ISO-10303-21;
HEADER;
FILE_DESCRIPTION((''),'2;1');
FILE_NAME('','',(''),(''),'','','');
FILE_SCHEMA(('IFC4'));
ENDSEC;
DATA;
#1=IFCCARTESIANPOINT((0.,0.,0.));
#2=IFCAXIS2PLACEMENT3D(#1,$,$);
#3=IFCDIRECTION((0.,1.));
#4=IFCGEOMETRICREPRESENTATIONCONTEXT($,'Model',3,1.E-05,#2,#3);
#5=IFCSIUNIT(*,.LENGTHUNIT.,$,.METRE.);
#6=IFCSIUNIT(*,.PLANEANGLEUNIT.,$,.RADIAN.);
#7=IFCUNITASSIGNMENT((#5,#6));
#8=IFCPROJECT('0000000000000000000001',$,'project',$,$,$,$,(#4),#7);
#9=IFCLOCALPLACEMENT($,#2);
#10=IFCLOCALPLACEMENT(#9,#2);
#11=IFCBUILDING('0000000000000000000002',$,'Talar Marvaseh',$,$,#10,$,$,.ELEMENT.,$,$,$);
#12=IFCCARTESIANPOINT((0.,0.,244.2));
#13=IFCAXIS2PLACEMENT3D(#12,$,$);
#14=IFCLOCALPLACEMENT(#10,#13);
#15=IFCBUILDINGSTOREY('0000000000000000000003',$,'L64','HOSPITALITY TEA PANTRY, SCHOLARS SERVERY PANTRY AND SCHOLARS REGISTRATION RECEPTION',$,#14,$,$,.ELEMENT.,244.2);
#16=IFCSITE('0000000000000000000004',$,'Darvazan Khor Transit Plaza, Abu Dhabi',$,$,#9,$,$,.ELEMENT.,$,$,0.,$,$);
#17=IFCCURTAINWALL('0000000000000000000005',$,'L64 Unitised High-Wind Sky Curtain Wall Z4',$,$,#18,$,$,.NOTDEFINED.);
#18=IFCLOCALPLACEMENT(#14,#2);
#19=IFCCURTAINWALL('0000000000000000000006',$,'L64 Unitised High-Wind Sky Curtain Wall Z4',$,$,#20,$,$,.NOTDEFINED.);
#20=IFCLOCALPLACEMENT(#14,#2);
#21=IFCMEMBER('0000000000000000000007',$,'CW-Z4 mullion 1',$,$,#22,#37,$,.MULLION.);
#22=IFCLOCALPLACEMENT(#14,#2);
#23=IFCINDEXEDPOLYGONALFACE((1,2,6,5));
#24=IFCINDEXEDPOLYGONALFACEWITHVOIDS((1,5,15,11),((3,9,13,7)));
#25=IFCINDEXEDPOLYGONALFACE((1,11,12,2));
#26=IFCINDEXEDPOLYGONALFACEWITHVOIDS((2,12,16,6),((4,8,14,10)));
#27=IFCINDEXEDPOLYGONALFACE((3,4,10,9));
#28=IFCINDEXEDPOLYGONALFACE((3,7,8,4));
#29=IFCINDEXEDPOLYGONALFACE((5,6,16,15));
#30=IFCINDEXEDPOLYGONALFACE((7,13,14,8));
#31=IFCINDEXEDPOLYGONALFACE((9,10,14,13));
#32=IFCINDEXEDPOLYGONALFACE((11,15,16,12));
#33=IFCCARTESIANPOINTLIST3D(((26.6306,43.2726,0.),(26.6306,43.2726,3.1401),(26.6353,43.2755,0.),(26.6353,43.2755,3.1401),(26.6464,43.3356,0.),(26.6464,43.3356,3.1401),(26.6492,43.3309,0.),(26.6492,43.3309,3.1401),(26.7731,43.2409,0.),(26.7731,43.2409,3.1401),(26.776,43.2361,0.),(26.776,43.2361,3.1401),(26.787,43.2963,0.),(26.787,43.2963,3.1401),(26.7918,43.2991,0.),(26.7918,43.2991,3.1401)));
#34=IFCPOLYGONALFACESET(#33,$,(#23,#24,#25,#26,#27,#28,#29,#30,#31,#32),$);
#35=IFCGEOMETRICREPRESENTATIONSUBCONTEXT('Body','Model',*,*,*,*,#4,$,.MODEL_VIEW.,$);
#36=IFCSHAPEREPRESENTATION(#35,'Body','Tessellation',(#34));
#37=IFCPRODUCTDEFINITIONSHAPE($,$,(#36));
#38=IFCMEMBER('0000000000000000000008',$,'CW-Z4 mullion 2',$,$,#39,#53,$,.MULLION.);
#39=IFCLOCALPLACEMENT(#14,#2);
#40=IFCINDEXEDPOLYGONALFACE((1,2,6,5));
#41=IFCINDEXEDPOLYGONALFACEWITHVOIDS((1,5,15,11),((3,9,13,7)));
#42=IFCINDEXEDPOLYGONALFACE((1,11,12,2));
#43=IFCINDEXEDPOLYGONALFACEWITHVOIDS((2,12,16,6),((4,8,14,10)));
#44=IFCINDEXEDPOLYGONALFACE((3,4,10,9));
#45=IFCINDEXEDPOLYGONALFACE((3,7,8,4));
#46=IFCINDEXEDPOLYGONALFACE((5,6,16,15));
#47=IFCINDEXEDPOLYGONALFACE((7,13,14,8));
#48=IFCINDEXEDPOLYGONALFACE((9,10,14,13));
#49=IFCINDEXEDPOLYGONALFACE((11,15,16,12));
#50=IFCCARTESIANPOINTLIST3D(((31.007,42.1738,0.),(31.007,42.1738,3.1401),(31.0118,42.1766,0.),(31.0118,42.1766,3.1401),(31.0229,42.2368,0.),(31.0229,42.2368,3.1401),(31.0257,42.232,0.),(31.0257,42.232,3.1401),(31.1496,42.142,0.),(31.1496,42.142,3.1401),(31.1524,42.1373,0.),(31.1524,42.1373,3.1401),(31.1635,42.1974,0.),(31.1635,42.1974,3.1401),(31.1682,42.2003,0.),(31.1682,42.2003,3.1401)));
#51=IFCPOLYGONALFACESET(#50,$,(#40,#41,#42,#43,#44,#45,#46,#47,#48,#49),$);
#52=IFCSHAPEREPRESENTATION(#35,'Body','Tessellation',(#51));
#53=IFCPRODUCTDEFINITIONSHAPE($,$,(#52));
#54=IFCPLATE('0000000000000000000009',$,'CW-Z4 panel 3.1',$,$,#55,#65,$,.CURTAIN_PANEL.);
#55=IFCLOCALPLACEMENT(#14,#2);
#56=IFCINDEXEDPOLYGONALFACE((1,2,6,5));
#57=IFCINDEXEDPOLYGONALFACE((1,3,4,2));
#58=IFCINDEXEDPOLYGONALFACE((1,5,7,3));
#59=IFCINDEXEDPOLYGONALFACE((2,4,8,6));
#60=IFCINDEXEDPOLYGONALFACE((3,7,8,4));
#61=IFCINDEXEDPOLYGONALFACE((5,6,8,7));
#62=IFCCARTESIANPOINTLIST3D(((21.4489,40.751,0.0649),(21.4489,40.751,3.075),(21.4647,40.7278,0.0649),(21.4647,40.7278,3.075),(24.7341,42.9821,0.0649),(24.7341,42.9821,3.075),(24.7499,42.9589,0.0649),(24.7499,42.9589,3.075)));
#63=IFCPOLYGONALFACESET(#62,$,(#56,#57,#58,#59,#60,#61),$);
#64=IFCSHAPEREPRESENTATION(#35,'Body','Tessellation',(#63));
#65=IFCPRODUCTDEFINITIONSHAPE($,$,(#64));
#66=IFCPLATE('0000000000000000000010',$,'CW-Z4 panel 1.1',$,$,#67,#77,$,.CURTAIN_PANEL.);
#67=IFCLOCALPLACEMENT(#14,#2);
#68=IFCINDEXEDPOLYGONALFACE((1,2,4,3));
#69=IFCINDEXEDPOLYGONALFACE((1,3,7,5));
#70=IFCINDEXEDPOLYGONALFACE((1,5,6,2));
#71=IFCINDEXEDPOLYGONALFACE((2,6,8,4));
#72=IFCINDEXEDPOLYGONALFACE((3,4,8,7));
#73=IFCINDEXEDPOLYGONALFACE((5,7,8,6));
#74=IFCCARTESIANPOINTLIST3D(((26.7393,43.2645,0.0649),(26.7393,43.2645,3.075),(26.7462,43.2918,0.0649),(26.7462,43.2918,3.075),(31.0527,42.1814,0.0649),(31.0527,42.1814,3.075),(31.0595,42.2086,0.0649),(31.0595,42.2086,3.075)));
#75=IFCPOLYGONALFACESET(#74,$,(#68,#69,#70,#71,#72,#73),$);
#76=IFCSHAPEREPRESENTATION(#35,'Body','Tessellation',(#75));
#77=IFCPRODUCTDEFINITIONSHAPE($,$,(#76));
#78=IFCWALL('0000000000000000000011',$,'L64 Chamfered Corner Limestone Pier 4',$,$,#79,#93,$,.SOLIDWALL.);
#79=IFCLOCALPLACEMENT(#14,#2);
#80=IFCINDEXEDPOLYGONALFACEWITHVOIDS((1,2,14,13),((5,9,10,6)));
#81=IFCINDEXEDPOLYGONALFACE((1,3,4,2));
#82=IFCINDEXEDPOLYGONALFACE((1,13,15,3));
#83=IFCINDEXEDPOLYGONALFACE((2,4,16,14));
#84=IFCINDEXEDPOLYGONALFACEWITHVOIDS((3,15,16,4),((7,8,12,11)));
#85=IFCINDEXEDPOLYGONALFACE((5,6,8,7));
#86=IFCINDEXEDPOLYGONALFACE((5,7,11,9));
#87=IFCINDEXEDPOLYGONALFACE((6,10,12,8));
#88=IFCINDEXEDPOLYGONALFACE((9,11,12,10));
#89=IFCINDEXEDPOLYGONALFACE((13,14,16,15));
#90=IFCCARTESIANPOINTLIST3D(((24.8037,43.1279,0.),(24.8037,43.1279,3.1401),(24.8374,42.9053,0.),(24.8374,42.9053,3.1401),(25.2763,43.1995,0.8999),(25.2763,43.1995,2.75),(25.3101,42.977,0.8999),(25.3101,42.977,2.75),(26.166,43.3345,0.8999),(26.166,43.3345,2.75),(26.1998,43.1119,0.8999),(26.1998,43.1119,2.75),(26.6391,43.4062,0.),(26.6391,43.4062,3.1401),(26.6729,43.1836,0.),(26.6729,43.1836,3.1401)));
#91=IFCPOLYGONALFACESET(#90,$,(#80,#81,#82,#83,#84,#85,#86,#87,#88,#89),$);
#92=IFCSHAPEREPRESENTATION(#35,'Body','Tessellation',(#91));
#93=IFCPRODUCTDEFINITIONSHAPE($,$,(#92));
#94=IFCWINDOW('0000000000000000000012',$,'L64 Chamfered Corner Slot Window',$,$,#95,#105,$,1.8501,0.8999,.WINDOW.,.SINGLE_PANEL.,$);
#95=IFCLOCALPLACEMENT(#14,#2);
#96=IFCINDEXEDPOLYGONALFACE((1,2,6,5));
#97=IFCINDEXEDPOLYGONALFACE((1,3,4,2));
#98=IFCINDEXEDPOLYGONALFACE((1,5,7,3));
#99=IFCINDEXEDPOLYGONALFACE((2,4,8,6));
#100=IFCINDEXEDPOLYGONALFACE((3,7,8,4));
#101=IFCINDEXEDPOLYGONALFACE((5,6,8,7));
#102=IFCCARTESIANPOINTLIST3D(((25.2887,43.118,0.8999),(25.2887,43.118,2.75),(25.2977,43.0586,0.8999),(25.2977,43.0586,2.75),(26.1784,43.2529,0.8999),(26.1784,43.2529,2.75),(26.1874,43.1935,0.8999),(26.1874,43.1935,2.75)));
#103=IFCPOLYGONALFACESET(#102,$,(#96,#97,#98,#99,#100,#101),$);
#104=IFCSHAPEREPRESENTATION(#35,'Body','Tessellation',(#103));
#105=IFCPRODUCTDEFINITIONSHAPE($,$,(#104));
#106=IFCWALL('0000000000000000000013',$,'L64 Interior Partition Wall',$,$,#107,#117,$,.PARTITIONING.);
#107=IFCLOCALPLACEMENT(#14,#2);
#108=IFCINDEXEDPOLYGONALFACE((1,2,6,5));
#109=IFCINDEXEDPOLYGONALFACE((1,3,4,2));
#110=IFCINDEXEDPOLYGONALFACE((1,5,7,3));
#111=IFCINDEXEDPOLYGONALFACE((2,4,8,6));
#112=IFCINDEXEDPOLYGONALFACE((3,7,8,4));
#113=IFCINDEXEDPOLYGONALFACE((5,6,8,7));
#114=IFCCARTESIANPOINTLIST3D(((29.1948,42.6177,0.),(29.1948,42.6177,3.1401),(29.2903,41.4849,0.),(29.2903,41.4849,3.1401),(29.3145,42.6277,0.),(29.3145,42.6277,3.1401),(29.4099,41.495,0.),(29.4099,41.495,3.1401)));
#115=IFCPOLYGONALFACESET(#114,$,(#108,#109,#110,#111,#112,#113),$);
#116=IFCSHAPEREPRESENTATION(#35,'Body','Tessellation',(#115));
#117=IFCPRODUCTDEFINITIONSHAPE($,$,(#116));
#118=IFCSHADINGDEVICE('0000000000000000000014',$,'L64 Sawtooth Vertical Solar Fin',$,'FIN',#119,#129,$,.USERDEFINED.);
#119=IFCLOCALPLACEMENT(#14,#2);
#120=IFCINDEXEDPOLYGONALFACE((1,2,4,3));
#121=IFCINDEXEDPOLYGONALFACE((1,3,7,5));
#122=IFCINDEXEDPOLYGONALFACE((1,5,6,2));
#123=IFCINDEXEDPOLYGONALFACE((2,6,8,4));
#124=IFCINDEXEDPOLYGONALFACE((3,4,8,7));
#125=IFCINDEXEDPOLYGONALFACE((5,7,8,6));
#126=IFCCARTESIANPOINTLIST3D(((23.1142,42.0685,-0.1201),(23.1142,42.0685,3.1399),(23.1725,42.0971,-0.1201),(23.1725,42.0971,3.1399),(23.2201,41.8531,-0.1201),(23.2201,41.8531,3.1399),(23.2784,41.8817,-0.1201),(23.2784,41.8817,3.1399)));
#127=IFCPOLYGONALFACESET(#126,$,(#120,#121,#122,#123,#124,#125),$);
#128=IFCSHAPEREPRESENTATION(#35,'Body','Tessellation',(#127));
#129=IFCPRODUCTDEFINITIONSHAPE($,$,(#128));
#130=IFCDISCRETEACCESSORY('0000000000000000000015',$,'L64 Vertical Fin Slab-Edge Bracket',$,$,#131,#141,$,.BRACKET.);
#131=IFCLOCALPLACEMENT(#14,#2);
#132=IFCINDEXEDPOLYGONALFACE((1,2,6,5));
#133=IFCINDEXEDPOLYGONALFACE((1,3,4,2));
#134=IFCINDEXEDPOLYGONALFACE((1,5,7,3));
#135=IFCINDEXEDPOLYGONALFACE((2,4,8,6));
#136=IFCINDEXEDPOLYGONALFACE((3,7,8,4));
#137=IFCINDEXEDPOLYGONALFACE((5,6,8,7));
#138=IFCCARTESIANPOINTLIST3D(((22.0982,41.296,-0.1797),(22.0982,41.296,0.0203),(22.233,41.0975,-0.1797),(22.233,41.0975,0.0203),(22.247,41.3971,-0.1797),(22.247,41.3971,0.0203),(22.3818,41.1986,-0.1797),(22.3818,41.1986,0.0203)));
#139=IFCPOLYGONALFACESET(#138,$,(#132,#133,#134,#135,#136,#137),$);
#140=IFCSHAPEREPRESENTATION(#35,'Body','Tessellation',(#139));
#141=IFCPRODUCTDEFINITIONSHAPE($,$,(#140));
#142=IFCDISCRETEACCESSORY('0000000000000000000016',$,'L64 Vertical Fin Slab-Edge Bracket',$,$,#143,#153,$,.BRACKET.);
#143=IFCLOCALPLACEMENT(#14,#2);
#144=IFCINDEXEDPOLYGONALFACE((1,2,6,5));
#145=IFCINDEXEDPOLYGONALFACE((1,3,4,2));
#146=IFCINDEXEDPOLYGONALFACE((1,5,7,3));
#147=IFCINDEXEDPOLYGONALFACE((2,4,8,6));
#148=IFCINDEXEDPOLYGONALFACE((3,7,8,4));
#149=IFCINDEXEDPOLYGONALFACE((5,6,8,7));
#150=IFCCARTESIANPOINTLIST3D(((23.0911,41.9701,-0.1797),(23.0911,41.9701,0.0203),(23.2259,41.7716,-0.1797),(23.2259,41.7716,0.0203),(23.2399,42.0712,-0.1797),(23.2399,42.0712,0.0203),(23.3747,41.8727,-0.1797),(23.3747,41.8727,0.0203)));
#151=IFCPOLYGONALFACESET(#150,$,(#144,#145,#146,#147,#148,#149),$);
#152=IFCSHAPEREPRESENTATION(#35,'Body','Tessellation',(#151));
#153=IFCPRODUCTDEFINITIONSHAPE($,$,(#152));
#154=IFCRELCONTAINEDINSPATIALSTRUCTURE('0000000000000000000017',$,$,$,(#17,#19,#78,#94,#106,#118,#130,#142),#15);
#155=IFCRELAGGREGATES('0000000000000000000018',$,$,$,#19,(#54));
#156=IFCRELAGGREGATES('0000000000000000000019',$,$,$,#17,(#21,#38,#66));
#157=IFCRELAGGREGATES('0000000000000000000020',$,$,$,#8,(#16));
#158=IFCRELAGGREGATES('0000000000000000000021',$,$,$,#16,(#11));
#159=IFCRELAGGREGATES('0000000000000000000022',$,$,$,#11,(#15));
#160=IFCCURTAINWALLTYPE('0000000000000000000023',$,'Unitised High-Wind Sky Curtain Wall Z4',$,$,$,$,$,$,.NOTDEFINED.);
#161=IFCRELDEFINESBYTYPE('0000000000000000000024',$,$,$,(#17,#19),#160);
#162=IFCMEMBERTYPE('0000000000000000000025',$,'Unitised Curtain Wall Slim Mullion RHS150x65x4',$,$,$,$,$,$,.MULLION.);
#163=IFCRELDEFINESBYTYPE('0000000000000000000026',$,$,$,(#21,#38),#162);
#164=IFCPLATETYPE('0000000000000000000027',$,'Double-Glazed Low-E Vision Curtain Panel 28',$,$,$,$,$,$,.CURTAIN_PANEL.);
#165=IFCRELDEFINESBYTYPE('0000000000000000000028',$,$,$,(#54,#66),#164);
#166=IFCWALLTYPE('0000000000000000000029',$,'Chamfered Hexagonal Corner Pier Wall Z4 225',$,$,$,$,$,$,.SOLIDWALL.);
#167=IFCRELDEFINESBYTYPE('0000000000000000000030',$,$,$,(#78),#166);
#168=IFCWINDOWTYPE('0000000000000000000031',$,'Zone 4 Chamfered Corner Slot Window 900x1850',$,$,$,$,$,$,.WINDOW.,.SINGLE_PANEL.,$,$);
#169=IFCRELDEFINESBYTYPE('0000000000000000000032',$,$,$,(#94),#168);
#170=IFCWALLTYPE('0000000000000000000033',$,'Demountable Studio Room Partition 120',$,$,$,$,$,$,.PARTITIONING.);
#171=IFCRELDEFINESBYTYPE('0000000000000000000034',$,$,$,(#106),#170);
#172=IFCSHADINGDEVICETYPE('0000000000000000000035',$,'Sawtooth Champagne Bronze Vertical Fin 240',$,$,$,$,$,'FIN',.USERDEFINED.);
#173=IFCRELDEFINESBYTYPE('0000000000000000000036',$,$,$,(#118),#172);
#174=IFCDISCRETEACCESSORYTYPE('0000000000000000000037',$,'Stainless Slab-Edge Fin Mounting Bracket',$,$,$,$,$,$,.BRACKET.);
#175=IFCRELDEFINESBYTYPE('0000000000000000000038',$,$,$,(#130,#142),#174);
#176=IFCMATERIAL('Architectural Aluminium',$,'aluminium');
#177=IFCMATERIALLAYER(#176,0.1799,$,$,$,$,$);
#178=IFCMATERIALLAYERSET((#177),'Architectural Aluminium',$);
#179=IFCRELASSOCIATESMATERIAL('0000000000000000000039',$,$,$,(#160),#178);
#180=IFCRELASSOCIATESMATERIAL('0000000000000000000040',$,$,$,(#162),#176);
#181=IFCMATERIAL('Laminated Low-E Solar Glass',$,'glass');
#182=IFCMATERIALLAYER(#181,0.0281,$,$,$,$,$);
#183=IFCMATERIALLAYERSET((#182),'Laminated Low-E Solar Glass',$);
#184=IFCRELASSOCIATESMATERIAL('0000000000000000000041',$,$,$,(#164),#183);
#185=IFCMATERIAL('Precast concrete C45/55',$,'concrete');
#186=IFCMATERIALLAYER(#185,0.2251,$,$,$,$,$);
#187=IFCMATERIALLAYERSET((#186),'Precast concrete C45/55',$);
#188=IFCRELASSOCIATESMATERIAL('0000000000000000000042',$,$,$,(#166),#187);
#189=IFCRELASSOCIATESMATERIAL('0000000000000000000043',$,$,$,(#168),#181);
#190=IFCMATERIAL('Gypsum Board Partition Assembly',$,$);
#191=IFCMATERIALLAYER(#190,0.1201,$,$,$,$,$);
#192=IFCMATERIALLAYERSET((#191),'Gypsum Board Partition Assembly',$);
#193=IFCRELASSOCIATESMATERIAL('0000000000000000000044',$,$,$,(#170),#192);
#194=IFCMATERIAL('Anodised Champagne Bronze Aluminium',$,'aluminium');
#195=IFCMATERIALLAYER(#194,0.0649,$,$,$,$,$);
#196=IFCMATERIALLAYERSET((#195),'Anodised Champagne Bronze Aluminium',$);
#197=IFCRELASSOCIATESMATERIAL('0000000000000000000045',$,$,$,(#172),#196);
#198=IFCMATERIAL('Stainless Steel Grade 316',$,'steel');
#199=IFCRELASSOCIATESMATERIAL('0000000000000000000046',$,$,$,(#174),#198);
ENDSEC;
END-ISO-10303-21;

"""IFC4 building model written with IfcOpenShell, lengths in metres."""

from ifc_helpers import new_model, si_unit, direction, frame, frame_2d, origin, origin_2d, place, context, subcontext, project, spatial, rectangle, hollow_rectangle, extrude, source, transform, mapped, material, layer, layer_set, material_profile, profile_set, type_object, type_shapes, element, fill, aggregate, save


model = new_model("IFC4")

# Units and contexts
model_context = context("Model", 3, precision=1e-05, world=origin(), true_north=direction((0.0, 1.0)))
body_context = subcontext(model_context, "Body", "Model", "MODEL_VIEW")
ifc_project = project(units=[si_unit("LENGTHUNIT", "METRE"), si_unit("PLANEANGLEUNIT", "RADIAN")], contexts=[model_context])

# Site, building, storey
site_placement = place(None, origin())
site = spatial("IfcSite", under=ifc_project, at=site_placement, Name="Darvazan Khor Transit Plaza, Abu Dhabi", CompositionType="ELEMENT", RefElevation=0.0)
building_placement = place(site_placement, origin())
building = spatial("IfcBuilding", under=site, at=building_placement, Name="Talar Marvaseh", CompositionType="ELEMENT")
storey_placement = place(building_placement, frame((0.0, 0.0, 244.2)))
storey = spatial("IfcBuildingStorey", under=building, at=storey_placement, Name="L64", Description="HOSPITALITY TEA PANTRY, SCHOLARS SERVERY PANTRY AND SCHOLARS REGISTRATION RECEPTION", CompositionType="ELEMENT", Elevation=244.2)

# Curtain wall
ifc_material_1 = material(Name="Architectural Aluminium", Category="aluminium")
ifc_layer_1 = layer(ifc_material_1, 0.1799)
ifc_layer_set_1 = layer_set([ifc_layer_1], Name="Architectural Aluminium")
curtain_wall_type = type_object("IfcCurtainWallType", Name="Unitised High-Wind Sky Curtain Wall Z4", PredefinedType="NOTDEFINED", material=ifc_layer_set_1)
curtain_wall_1_placement = place(storey_placement, origin())
curtain_wall_1 = element("IfcCurtainWall", 1, at=curtain_wall_1_placement, inside=storey, type_object=curtain_wall_type, Name="L64 Unitised High-Wind Sky Curtain Wall Z4", PredefinedType="NOTDEFINED")

# Curtain wall
curtain_wall_2_placement = place(storey_placement, origin())
curtain_wall_2 = element("IfcCurtainWall", 2, at=curtain_wall_2_placement, inside=storey, type_object=curtain_wall_type, Name="L64 Unitised High-Wind Sky Curtain Wall Z4", PredefinedType="NOTDEFINED")
ifc_material_profile_1 = material_profile(ifc_material_1, hollow_rectangle(XDim=0.0649, YDim=0.1499, WallThickness=0.0039, at=origin_2d()), Name="RHS150x65x4")
ifc_profile_set_1 = profile_set([ifc_material_profile_1], Name="Architectural Aluminium")
member_type_1 = type_object("IfcMemberType", Name="Unitised Curtain Wall Slim Mullion RHS150x65x4", PredefinedType="MULLION", material=ifc_profile_set_1)
shared_shape_1 = source(origin(), body_context, "Body", "SweptSolid", [
    extrude(hollow_rectangle(XDim=0.0649, YDim=0.1499, WallThickness=0.0039, at=origin_2d()), origin(), (0.0, 0.0, 1.0), 3.1401),
])
type_shapes(member_type_1, [shared_shape_1])

# Members
member_1_placement = place(storey_placement, frame((26.7112, 43.2859, 0.0), z_axis=(0.0, 0.0, 1.0), x_axis=(0.243548, 0.969889, 0.0)))
member_1 = element("IfcMember", 3, at=member_1_placement, type_object=member_type_1, Name="CW-Z4 mullion 1", PredefinedType="MULLION", context=body_context, shape_type="MappedRepresentation", body=[
    mapped(shared_shape_1, transform((0.0, 0.0, 0.0), x_axis=(1.0, 0.0, 0.0), y_axis=(0.0, 1.0, 0.0), z_axis=(0.0, 0.0, 1.0), scale=1.0)),
])
member_2_placement = place(storey_placement, frame((31.0876, 42.187, 0.0), z_axis=(0.0, 0.0, 1.0), x_axis=(0.243548, 0.969889, 0.0)))
member_2 = element("IfcMember", 4, at=member_2_placement, type_object=member_type_1, Name="CW-Z4 mullion 2", PredefinedType="MULLION", context=body_context, shape_type="MappedRepresentation", body=[
    mapped(shared_shape_1, transform((0.0, 0.0, 0.0), x_axis=(1.0, 0.0, 0.0), y_axis=(0.0, 1.0, 0.0), z_axis=(0.0, 0.0, 1.0), scale=1.0)),
])

# Plates
ifc_material_2 = material(Name="Laminated Low-E Solar Glass", Category="glass")
ifc_layer_2 = layer(ifc_material_2, 0.0281)
ifc_layer_set_2 = layer_set([ifc_layer_2], Name="Laminated Low-E Solar Glass")
plate_type = type_object("IfcPlateType", Name="Double-Glazed Low-E Vision Curtain Panel 28", PredefinedType="CURTAIN_PANEL", material=ifc_layer_set_2)
shared_shape_2 = source(origin(), body_context, "Body", "SweptSolid", [
    extrude(rectangle(XDim=3.9712, YDim=0.0281, at=origin_2d()), origin(), (0.0, 0.0, 1.0), 3.01),
])
plate_1_placement = place(storey_placement, frame((23.0994, 41.855, 0.0649), z_axis=(0.0, 0.0, 1.0), x_axis=(0.827258, 0.561823, 0.0)))
plate_1 = element("IfcPlate", 5, at=plate_1_placement, type_object=plate_type, Name="CW-Z4 panel 3.1", PredefinedType="CURTAIN_PANEL", context=body_context, shape_type="MappedRepresentation", body=[
    mapped(shared_shape_2, transform((0.0, 0.0, 0.0), x_axis=(1.0, 0.0, 0.0), y_axis=(0.0, 1.0, 0.0), z_axis=(0.0, 0.0, 1.0), scale=1.0)),
])
aggregate(curtain_wall_2, [plate_1])
shared_shape_3 = source(origin(), body_context, "Body", "SweptSolid", [
    extrude(rectangle(XDim=4.4473, YDim=0.0281, at=origin_2d()), origin(), (0.0, 0.0, 1.0), 3.01),
])
type_shapes(plate_type, [shared_shape_2, shared_shape_3])
plate_2_placement = place(storey_placement, frame((28.8994, 42.7366, 0.0649), z_axis=(0.0, 0.0, 1.0), x_axis=(0.969889, -0.243548, 0.0)))
plate_2 = element("IfcPlate", 6, at=plate_2_placement, type_object=plate_type, Name="CW-Z4 panel 1.1", PredefinedType="CURTAIN_PANEL", context=body_context, shape_type="MappedRepresentation", body=[
    mapped(shared_shape_3, transform((0.0, 0.0, 0.0), x_axis=(1.0, 0.0, 0.0), y_axis=(0.0, 1.0, 0.0), z_axis=(0.0, 0.0, 1.0), scale=1.0)),
])
aggregate(curtain_wall_1, [member_1, member_2, plate_2])

# Wall, opening, window
ifc_material_3 = material(Name="Precast concrete C45/55", Category="concrete")
ifc_layer_3 = layer(ifc_material_3, 0.2251)
ifc_layer_set_3 = layer_set([ifc_layer_3], Name="Precast concrete C45/55")
wall_type_1 = type_object("IfcWallType", Name="Chamfered Hexagonal Corner Pier Wall Z4 225", PredefinedType="SOLIDWALL", material=ifc_layer_set_3)
wall_1_placement = place(storey_placement, frame((24.8206, 43.0166, 0.0), z_axis=(0.0, 0.0, 1.0), x_axis=(0.988698, 0.149922, 0.0)))
wall_1 = element("IfcWall", 7, at=wall_1_placement, inside=storey, type_object=wall_type_1, Name="L64 Chamfered Corner Limestone Pier 4", PredefinedType="SOLIDWALL", context=body_context, shape_type="SweptSolid", body=[
    extrude(rectangle(XDim=1.8564, YDim=0.2251, at=frame_2d((0.9282, 0.0))), origin(), (0.0, 0.0, 1.0), 3.1401),
])
opening_placement = place(wall_1_placement, frame((0.478, 0.0, 0.8999)))
opening = element("IfcOpeningElement", 8, at=opening_placement, cuts=wall_1, PredefinedType="OPENING", context=body_context, shape_type="SweptSolid", body=[
    extrude(rectangle(XDim=0.8999, YDim=1.8501, at=frame_2d((0.45, 0.925))), frame((0.0, 0.1226, 0.0), z_axis=(0.0, -1.0, 0.0), x_axis=(1.0, 0.0, 0.0)), (0.0, 0.0, 1.0), 0.2451),
])
window_type = type_object("IfcWindowType", Name="Zone 4 Chamfered Corner Slot Window 900x1850", PartitioningType="SINGLE_PANEL", PredefinedType="WINDOW", material=ifc_material_2)
shared_shape_4 = source(origin(), body_context, "Body", "SweptSolid", [
    extrude(rectangle(XDim=0.8999, YDim=1.8501, at=frame_2d((0.45, 0.925))), frame((0.0, 0.03, 0.0), z_axis=(0.0, -1.0, 0.0), x_axis=(1.0, 0.0, 0.0)), (0.0, 0.0, 1.0), 0.0601),
])
type_shapes(window_type, [shared_shape_4])
window_placement = place(opening_placement, origin())
window = element("IfcWindow", 9, at=window_placement, inside=storey, type_object=window_type, Name="L64 Chamfered Corner Slot Window", OverallHeight=1.8501, OverallWidth=0.8999, PartitioningType="SINGLE_PANEL", PredefinedType="WINDOW", context=body_context, shape_type="MappedRepresentation", body=[
    mapped(shared_shape_4, transform((0.0, 0.0, 0.0), x_axis=(1.0, 0.0, 0.0), y_axis=(0.0, 1.0, 0.0), z_axis=(0.0, 0.0, 1.0), scale=1.0)),
])
fill(opening, window)

# Wall
ifc_material_4 = material(Name="Gypsum Board Partition Assembly")
ifc_layer_4 = layer(ifc_material_4, 0.1201)
ifc_layer_set_4 = layer_set([ifc_layer_4], Name="Gypsum Board Partition Assembly")
wall_type_2 = type_object("IfcWallType", Name="Demountable Studio Room Partition 120", PredefinedType="PARTITIONING", material=ifc_layer_set_4)
wall_2_placement = place(storey_placement, frame((29.3501, 41.49, 0.0), z_axis=(0.0, 0.0, 1.0), x_axis=(-0.08397, 0.996468, 0.0)))
element("IfcWall", 10, at=wall_2_placement, inside=storey, type_object=wall_type_2, Name="L64 Interior Partition Wall", PredefinedType="PARTITIONING", context=body_context, shape_type="SweptSolid", body=[
    extrude(rectangle(XDim=1.1367, YDim=0.1201, at=frame_2d((0.5684, 0.0))), origin(), (0.0, 0.0, 1.0), 3.1401),
])

# Shading device
ifc_material_5 = material(Name="Anodised Champagne Bronze Aluminium", Category="aluminium")
ifc_layer_5 = layer(ifc_material_5, 0.0649)
ifc_layer_set_5 = layer_set([ifc_layer_5], Name="Anodised Champagne Bronze Aluminium")
shading_device_type = type_object("IfcShadingDeviceType", Name="Sawtooth Champagne Bronze Vertical Fin 240", ElementType="FIN", PredefinedType="USERDEFINED", material=ifc_layer_set_5)
shared_shape_5 = source(origin(), body_context, "Body", "SweptSolid", [
    extrude(rectangle(XDim=0.24, YDim=0.0649, at=origin_2d()), origin(), (0.0, 0.0, 1.0), 3.26),
])
type_shapes(shading_device_type, [shared_shape_5])
shading_device_placement = place(storey_placement, frame((23.1963, 41.9751, -0.1201), z_axis=(0.0, 0.0, 1.0), x_axis=(-0.441193, 0.897412, 0.0)))
element("IfcShadingDevice", 11, at=shading_device_placement, inside=storey, type_object=shading_device_type, Name="L64 Sawtooth Vertical Solar Fin", ObjectType="FIN", PredefinedType="USERDEFINED", context=body_context, shape_type="MappedRepresentation", body=[
    mapped(shared_shape_5, transform((0.0, 0.0, 0.0), x_axis=(1.0, 0.0, 0.0), y_axis=(0.0, 1.0, 0.0), z_axis=(0.0, 0.0, 1.0), scale=1.0)),
])

# Discrete accessories
ifc_material_6 = material(Name="Stainless Steel Grade 316", Category="steel")
discrete_accessory_type = type_object("IfcDiscreteAccessoryType", Name="Stainless Slab-Edge Fin Mounting Bracket", PredefinedType="BRACKET", material=ifc_material_6)
shared_shape_6 = source(origin(), body_context, "Body", "SweptSolid", [
    extrude(rectangle(XDim=0.24, YDim=0.1799, at=origin_2d()), origin(), (0.0, 0.0, 1.0), 0.2),
])
type_shapes(discrete_accessory_type, [shared_shape_6])
for number, where, z_axis, x_axis, name in (
    (12, (22.24, 41.2473, -0.1797), (0.0, 0.0, 1.0), (-0.561795, 0.827277, 0.0), "L64 Vertical Fin Slab-Edge Bracket"),
    (13, (23.2329, 41.9214, -0.1797), (0.0, 0.0, 1.0), (-0.561795, 0.827277, 0.0), "L64 Vertical Fin Slab-Edge Bracket"),
):
    element("IfcDiscreteAccessory", number, at=place(storey_placement, frame(where, z_axis=z_axis, x_axis=x_axis)), inside=storey, type_object=discrete_accessory_type, Name=name, PredefinedType="BRACKET", context=body_context, shape_type="MappedRepresentation", body=[
        mapped(shared_shape_6, transform((0.0, 0.0, 0.0), x_axis=(1.0, 0.0, 0.0), y_axis=(0.0, 1.0, 0.0), z_axis=(0.0, 0.0, 1.0), scale=1.0)),
    ])

save(model, "model.ifc")
